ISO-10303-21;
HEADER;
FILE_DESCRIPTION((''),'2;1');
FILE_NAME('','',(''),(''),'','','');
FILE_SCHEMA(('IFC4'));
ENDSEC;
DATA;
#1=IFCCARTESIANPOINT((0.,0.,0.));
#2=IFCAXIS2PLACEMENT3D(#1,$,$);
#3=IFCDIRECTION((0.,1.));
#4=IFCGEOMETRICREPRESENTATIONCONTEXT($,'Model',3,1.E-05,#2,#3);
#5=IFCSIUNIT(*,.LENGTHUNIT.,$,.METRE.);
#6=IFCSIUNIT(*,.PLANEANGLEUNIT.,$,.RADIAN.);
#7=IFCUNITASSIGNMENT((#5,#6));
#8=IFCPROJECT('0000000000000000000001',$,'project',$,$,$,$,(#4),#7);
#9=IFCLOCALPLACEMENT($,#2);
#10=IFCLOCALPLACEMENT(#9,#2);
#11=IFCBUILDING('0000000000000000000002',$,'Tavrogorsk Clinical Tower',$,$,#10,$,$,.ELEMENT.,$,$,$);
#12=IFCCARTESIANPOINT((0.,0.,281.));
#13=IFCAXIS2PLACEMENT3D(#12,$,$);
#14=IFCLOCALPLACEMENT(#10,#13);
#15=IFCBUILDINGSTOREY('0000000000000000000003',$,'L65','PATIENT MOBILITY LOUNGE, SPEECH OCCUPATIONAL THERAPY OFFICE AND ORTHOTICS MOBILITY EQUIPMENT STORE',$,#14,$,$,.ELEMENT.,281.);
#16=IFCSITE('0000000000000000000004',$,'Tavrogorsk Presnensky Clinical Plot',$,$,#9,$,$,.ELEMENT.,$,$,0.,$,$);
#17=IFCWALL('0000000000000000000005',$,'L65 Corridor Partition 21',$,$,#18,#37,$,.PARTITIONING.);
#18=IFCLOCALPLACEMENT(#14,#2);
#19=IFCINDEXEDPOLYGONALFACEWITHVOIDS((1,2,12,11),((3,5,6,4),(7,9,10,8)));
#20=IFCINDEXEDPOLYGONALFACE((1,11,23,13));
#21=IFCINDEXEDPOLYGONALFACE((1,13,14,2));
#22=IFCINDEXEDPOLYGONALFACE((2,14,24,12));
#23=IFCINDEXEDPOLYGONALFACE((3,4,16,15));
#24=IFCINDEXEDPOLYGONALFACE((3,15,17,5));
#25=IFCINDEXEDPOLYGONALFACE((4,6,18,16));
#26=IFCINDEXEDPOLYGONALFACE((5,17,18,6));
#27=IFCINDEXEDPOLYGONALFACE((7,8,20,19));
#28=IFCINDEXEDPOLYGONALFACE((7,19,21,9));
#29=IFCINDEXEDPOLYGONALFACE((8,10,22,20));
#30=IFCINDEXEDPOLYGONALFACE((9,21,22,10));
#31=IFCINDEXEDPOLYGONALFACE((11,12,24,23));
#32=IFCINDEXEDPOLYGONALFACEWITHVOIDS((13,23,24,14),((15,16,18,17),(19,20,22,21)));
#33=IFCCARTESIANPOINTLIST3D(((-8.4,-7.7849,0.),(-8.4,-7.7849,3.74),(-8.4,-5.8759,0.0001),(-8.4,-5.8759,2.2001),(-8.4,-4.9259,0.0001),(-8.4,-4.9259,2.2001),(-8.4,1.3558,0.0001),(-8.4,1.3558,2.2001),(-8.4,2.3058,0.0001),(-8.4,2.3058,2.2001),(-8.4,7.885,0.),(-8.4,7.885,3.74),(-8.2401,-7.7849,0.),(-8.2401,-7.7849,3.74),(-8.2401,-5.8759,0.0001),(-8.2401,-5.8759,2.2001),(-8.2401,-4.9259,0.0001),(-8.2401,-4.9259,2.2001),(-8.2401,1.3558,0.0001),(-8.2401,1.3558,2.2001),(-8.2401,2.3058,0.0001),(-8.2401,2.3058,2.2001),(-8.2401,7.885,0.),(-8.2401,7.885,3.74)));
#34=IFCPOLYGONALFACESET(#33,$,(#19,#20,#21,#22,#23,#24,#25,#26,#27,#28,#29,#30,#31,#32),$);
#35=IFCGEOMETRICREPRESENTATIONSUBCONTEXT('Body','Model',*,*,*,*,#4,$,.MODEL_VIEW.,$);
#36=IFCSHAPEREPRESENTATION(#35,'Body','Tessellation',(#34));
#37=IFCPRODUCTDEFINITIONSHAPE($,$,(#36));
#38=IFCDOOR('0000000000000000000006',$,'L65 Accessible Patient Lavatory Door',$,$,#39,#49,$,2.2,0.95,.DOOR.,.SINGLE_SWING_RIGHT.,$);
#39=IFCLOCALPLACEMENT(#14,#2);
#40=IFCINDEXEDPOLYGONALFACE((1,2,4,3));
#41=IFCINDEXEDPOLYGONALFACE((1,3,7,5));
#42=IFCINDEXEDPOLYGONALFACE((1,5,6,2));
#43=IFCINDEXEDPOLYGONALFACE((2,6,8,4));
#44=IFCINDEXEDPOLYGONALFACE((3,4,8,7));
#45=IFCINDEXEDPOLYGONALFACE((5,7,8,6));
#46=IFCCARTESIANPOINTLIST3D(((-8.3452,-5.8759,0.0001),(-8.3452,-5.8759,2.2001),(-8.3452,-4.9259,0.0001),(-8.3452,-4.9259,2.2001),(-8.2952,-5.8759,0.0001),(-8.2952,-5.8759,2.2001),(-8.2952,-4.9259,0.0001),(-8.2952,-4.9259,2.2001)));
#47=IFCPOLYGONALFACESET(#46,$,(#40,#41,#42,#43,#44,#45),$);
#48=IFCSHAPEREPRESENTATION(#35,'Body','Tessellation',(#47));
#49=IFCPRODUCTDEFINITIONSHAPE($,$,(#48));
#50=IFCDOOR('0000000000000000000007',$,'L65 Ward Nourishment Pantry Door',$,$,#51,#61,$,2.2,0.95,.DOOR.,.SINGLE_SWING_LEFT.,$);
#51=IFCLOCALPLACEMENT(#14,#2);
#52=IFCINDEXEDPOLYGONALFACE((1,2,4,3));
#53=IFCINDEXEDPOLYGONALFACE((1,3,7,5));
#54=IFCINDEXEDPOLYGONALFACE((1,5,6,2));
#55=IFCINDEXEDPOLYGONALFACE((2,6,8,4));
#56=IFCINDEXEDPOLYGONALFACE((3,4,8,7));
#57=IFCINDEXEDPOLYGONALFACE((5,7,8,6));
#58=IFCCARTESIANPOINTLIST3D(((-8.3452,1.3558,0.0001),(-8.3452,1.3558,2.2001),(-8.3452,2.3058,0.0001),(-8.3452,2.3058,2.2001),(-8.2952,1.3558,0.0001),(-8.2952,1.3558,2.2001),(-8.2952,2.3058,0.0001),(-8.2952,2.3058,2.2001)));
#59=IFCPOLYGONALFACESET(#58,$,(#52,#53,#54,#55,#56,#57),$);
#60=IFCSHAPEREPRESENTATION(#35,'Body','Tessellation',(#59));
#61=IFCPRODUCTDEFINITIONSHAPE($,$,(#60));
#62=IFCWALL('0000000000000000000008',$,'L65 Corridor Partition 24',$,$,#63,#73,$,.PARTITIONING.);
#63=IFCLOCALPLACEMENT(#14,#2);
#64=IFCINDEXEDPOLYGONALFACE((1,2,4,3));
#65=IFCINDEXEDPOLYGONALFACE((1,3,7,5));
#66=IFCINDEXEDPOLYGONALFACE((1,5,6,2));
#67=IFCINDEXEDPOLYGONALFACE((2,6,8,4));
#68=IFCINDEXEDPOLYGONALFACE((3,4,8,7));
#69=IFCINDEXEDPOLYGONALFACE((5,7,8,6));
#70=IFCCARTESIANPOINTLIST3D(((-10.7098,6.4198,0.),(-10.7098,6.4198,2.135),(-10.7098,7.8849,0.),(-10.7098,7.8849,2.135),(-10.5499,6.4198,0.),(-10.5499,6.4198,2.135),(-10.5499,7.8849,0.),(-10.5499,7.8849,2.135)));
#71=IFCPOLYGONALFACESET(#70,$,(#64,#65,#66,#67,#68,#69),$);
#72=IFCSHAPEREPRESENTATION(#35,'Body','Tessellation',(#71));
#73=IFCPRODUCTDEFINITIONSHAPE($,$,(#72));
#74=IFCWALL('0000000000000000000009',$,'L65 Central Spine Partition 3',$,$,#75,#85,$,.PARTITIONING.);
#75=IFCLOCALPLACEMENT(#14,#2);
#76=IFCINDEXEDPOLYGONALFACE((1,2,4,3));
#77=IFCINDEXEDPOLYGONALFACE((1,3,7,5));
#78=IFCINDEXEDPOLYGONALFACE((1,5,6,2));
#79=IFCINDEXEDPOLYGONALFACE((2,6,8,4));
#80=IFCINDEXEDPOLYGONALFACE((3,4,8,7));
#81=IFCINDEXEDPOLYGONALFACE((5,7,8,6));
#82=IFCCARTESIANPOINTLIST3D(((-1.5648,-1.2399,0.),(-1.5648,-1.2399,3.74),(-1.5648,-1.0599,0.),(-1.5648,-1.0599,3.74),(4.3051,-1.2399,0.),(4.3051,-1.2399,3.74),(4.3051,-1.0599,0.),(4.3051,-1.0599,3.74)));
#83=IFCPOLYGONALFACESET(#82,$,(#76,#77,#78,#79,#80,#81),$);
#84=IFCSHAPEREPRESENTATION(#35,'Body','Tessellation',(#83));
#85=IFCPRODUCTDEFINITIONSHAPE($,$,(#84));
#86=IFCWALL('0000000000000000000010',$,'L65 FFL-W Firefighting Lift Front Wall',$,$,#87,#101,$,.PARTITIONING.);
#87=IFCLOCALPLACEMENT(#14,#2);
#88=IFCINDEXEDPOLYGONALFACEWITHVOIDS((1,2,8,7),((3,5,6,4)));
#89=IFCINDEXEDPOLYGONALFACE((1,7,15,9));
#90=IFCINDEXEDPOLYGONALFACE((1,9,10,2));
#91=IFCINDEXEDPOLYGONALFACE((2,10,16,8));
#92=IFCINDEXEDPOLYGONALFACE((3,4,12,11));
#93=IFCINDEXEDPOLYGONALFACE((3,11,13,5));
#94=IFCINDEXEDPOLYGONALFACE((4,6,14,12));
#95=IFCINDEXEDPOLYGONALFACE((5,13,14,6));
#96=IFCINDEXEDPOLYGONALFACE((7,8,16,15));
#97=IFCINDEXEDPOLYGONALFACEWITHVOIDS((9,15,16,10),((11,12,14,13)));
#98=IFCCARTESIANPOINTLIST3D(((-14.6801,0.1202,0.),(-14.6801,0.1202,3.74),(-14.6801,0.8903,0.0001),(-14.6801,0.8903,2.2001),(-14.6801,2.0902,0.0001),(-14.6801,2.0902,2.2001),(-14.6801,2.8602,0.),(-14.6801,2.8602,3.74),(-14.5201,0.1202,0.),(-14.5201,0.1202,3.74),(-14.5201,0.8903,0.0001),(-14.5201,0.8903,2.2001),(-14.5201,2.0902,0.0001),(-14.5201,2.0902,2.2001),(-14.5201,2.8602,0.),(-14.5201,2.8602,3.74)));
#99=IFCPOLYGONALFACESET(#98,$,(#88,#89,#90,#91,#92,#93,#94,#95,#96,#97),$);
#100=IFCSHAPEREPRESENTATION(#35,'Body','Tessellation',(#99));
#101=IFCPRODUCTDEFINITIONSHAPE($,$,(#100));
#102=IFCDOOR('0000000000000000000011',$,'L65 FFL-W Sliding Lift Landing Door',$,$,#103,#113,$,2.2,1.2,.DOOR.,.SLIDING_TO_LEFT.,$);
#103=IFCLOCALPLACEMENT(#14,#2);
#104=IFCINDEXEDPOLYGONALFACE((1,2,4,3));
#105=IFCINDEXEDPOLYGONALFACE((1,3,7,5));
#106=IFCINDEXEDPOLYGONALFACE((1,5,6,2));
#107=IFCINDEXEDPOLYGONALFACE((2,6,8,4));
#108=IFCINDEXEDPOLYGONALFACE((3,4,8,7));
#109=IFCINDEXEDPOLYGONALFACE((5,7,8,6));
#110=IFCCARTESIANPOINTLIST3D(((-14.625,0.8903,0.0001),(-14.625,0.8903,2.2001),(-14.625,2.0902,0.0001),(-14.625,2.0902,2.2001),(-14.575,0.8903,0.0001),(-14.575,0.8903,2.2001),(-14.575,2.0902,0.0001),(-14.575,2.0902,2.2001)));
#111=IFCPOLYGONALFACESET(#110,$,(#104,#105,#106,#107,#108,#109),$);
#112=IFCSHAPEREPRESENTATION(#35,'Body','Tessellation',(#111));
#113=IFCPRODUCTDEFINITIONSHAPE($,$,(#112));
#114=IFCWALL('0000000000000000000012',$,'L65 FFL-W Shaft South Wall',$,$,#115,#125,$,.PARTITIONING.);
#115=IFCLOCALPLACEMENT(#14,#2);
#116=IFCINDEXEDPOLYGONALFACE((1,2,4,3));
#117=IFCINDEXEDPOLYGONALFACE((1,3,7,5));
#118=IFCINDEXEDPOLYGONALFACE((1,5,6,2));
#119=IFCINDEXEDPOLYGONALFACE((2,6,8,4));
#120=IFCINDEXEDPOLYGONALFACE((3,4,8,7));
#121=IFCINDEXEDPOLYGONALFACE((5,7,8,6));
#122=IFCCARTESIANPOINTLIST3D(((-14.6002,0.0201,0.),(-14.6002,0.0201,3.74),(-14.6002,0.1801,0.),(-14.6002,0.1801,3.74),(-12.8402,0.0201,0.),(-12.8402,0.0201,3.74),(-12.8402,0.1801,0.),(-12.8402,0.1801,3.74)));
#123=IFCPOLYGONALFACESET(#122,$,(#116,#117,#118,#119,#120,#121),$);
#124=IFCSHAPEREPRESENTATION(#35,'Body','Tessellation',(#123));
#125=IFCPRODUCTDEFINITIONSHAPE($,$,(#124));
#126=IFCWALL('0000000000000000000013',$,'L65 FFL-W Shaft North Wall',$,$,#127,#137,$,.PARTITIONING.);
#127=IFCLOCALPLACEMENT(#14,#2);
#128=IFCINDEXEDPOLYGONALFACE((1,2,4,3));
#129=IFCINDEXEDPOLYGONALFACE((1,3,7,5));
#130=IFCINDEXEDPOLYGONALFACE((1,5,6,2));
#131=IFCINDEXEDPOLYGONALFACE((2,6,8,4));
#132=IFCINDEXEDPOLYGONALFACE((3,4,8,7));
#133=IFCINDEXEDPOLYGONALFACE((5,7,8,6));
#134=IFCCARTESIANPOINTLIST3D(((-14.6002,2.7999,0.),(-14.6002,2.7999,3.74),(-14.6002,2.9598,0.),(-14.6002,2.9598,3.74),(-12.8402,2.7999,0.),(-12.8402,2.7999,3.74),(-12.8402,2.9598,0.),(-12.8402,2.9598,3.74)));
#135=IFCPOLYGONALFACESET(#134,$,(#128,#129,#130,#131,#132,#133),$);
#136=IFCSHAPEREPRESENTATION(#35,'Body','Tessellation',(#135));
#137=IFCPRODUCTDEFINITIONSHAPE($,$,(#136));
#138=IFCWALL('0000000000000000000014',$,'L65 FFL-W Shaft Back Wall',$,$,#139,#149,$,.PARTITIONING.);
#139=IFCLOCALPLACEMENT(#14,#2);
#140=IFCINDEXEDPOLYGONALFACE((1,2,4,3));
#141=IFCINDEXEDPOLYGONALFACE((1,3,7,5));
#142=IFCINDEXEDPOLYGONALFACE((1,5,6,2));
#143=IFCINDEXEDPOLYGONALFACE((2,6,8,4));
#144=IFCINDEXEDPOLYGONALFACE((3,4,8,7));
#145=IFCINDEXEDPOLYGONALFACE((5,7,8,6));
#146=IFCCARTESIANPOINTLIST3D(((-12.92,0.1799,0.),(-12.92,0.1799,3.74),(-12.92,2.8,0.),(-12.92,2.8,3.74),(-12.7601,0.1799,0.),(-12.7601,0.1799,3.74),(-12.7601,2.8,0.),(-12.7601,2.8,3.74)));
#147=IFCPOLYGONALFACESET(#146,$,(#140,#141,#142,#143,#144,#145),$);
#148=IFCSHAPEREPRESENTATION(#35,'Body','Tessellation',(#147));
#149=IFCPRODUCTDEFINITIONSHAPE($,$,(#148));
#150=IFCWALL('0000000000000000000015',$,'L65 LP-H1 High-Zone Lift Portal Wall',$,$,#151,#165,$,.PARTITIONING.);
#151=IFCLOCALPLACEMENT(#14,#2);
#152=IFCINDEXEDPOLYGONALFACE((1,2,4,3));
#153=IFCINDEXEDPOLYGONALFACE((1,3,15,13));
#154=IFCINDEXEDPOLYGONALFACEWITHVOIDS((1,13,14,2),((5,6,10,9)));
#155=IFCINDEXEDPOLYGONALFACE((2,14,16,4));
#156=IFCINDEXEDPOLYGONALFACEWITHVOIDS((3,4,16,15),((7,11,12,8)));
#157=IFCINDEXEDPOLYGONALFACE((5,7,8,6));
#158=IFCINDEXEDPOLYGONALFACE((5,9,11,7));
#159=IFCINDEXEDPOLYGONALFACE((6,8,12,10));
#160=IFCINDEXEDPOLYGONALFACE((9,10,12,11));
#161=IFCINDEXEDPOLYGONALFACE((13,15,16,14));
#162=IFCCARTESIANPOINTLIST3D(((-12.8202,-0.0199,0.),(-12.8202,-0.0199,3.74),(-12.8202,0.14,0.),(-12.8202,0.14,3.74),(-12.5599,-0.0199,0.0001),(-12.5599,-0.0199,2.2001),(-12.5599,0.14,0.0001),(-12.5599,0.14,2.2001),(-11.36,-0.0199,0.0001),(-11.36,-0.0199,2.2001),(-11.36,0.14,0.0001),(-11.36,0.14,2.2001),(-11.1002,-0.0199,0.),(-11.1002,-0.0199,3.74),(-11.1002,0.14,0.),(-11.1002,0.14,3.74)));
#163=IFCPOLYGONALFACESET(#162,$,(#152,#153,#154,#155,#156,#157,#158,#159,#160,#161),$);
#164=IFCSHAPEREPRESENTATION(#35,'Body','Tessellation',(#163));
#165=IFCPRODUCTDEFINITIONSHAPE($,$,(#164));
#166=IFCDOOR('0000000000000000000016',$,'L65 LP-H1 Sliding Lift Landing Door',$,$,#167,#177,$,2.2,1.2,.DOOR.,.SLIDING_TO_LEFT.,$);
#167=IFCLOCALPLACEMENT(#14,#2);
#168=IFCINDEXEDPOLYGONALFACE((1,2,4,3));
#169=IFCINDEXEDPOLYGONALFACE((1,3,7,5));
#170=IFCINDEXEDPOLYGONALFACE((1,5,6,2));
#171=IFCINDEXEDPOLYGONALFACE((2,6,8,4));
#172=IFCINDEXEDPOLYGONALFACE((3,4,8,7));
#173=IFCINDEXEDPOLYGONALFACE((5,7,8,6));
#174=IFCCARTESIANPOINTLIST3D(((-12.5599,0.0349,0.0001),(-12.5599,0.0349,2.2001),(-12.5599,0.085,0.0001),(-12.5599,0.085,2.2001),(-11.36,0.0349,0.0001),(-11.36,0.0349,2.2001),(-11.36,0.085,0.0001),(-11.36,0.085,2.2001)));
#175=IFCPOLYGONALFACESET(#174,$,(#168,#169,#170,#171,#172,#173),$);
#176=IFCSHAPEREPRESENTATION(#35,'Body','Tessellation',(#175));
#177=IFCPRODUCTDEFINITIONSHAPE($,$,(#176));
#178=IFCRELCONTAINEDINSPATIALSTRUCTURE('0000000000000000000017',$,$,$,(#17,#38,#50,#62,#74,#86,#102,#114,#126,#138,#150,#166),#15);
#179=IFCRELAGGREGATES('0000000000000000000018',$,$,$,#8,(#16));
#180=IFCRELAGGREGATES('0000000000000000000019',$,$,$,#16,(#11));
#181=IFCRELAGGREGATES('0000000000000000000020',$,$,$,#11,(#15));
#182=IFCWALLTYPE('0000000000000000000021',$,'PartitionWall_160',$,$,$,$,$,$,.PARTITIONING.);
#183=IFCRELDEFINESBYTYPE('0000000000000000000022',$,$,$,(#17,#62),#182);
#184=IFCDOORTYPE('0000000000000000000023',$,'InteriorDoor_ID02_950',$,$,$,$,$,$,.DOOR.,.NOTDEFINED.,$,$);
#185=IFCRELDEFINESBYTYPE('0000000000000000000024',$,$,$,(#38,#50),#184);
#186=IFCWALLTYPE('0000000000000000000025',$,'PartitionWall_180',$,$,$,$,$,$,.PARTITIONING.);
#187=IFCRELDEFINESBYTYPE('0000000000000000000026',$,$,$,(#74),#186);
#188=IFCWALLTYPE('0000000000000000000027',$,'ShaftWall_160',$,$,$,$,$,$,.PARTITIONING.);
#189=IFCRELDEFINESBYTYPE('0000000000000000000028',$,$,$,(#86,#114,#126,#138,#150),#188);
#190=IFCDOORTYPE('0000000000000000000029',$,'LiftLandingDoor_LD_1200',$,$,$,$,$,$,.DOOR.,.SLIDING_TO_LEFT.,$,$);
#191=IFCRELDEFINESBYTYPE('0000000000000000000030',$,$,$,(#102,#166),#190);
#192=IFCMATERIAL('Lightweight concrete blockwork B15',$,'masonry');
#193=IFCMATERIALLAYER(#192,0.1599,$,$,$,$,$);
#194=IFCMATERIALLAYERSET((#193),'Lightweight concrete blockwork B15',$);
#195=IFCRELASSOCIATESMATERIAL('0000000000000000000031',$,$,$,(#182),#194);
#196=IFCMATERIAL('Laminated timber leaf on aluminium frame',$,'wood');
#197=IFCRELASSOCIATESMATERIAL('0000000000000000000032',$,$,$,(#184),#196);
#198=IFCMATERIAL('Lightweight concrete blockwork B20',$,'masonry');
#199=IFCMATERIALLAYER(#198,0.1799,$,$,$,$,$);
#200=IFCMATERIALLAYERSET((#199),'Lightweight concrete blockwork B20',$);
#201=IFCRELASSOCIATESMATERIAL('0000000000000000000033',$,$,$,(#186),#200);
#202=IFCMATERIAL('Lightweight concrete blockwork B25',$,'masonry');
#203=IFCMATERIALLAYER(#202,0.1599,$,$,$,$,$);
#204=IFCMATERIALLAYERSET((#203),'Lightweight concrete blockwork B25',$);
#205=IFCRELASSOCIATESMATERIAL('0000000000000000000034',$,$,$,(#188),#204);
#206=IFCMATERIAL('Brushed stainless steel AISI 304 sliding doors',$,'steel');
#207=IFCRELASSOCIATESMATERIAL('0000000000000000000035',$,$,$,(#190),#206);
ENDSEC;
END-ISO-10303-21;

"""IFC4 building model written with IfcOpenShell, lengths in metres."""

from ifc_helpers import new_model, si_unit, direction, frame, frame_2d, origin, place, context, subcontext, project, spatial, rectangle, extrude, material, layer, layer_set, type_object, element, fill, save


model = new_model("IFC4")

# Units and contexts
model_context = context("Model", 3, precision=1e-05, world=origin(), true_north=direction((0.0, 1.0)))
body_context = subcontext(model_context, "Body", "Model", "MODEL_VIEW")
ifc_project = project(units=[si_unit("LENGTHUNIT", "METRE"), si_unit("PLANEANGLEUNIT", "RADIAN")], contexts=[model_context])

# Site, building, storey
site_placement = place(None, origin())
site = spatial("IfcSite", under=ifc_project, at=site_placement, Name="Tavrogorsk Presnensky Clinical Plot", CompositionType="ELEMENT", RefElevation=0.0)
building_placement = place(site_placement, origin())
building = spatial("IfcBuilding", under=site, at=building_placement, Name="Tavrogorsk Clinical Tower", CompositionType="ELEMENT")
storey_placement = place(building_placement, frame((0.0, 0.0, 281.0)))
storey = spatial("IfcBuildingStorey", under=building, at=storey_placement, Name="L65", Description="PATIENT MOBILITY LOUNGE, SPEECH OCCUPATIONAL THERAPY OFFICE AND ORTHOTICS MOBILITY EQUIPMENT STORE", CompositionType="ELEMENT", Elevation=281.0)

# Shared definitions
ifc_material_1 = material(Name="Lightweight concrete blockwork B15", Category="masonry")
ifc_layer_1 = layer(ifc_material_1, 0.1599)
ifc_layer_set_1 = layer_set([ifc_layer_1], Name="Lightweight concrete blockwork B15")
wall_type_1 = type_object("IfcWallType", Name="PartitionWall_160", PredefinedType="PARTITIONING", material=ifc_layer_set_1)
ifc_material_2 = material(Name="Laminated timber leaf on aluminium frame", Category="wood")
door_type_1 = type_object("IfcDoorType", Name="InteriorDoor_ID02_950", OperationType="NOTDEFINED", PredefinedType="DOOR", material=ifc_material_2)

# Wall, openings, doors
wall_1_placement = place(storey_placement, frame((-8.3201, 7.885, 0.0), z_axis=(0.0, 0.0, 1.0), x_axis=(0.0, -1.0, 0.0)))
wall_1 = element("IfcWall", 1, at=wall_1_placement, inside=storey, type_object=wall_type_1, Name="L65 Corridor Partition 21", PredefinedType="PARTITIONING", context=body_context, shape_type="SweptSolid", body=[
    extrude(rectangle(XDim=15.6699, YDim=0.1599, at=frame_2d((7.835, 0.0))), origin(), (0.0, 0.0, 1.0), 3.74),
])
opening_1_placement = place(wall_1_placement, frame((12.8108, 0.0, 0.0)))
opening_1 = element("IfcOpeningElement", 2, at=opening_1_placement, cuts=wall_1, PredefinedType="OPENING", context=body_context, shape_type="SweptSolid", body=[
    extrude(rectangle(XDim=0.95, YDim=2.2, at=frame_2d((0.4751, 1.1001))), frame((0.0, 0.0898, 0.0), z_axis=(0.0, -1.0, 0.0), x_axis=(1.0, 0.0, 0.0)), (0.0, 0.0, 1.0), 0.1799),
])
opening_2_placement = place(wall_1_placement, frame((5.5791, 0.0, 0.0)))
opening_2 = element("IfcOpeningElement", 3, at=opening_2_placement, cuts=wall_1, PredefinedType="OPENING", context=body_context, shape_type="SweptSolid", body=[
    extrude(rectangle(XDim=0.95, YDim=2.2, at=frame_2d((0.4751, 1.1001))), frame((0.0, 0.0898, 0.0), z_axis=(0.0, -1.0, 0.0), x_axis=(1.0, 0.0, 0.0)), (0.0, 0.0, 1.0), 0.1799),
])
door_1_placement = place(opening_1_placement, origin())
door_1 = element("IfcDoor", 4, at=door_1_placement, inside=storey, type_object=door_type_1, Name="L65 Accessible Patient Lavatory Door", OperationType="SINGLE_SWING_RIGHT", OverallHeight=2.2, OverallWidth=0.95, PredefinedType="DOOR", context=body_context, shape_type="SweptSolid", body=[
    extrude(rectangle(XDim=0.95, YDim=2.2, at=frame_2d((0.4751, 1.1001))), frame((0.0, 0.0249, 0.0), z_axis=(0.0, -1.0, 0.0), x_axis=(1.0, 0.0, 0.0)), (0.0, 0.0, 1.0), 0.05),
])
fill(opening_1, door_1)
door_2_placement = place(opening_2_placement, origin())
door_2 = element("IfcDoor", 5, at=door_2_placement, inside=storey, type_object=door_type_1, Name="L65 Ward Nourishment Pantry Door", OperationType="SINGLE_SWING_LEFT", OverallHeight=2.2, OverallWidth=0.95, PredefinedType="DOOR", context=body_context, shape_type="SweptSolid", body=[
    extrude(rectangle(XDim=0.95, YDim=2.2, at=frame_2d((0.4751, 1.1001))), frame((0.0, 0.0249, 0.0), z_axis=(0.0, -1.0, 0.0), x_axis=(1.0, 0.0, 0.0)), (0.0, 0.0, 1.0), 0.05),
])
fill(opening_2, door_2)

# Walls
wall_2_placement = place(storey_placement, frame((-10.6299, 6.4199, 0.0), z_axis=(0.0, 0.0, 1.0), x_axis=(0.0, 1.0, 0.0)))
element("IfcWall", 6, at=wall_2_placement, inside=storey, type_object=wall_type_1, Name="L65 Corridor Partition 24", PredefinedType="PARTITIONING", context=body_context, shape_type="SweptSolid", body=[
    extrude(rectangle(XDim=1.4651, YDim=0.1599, at=frame_2d((0.7324, 0.0))), origin(), (0.0, 0.0, 1.0), 2.135),
])
ifc_material_3 = material(Name="Lightweight concrete blockwork B20", Category="masonry")
ifc_layer_2 = layer(ifc_material_3, 0.1799)
ifc_layer_set_2 = layer_set([ifc_layer_2], Name="Lightweight concrete blockwork B20")
wall_type_2 = type_object("IfcWallType", Name="PartitionWall_180", PredefinedType="PARTITIONING", material=ifc_layer_set_2)
wall_3_placement = place(storey_placement, frame((-1.5649, -1.1499, 0.0), z_axis=(0.0, 0.0, 1.0), x_axis=(1.0, 0.0, 0.0)))
element("IfcWall", 7, at=wall_3_placement, inside=storey, type_object=wall_type_2, Name="L65 Central Spine Partition 3", PredefinedType="PARTITIONING", context=body_context, shape_type="SweptSolid", body=[
    extrude(rectangle(XDim=5.8699, YDim=0.1799, at=frame_2d((2.9351, 0.0))), origin(), (0.0, 0.0, 1.0), 3.74),
])

# Wall, opening, door
ifc_material_4 = material(Name="Lightweight concrete blockwork B25", Category="masonry")
ifc_layer_3 = layer(ifc_material_4, 0.1599)
ifc_layer_set_3 = layer_set([ifc_layer_3], Name="Lightweight concrete blockwork B25")
wall_type_3 = type_object("IfcWallType", Name="ShaftWall_160", PredefinedType="PARTITIONING", material=ifc_layer_set_3)
wall_4_placement = place(storey_placement, frame((-14.6001, 0.1201, 0.0), z_axis=(0.0, 0.0, 1.0), x_axis=(0.0, 1.0, 0.0)))
wall_4 = element("IfcWall", 8, at=wall_4_placement, inside=storey, type_object=wall_type_3, Name="L65 FFL-W Firefighting Lift Front Wall", PredefinedType="PARTITIONING", context=body_context, shape_type="SweptSolid", body=[
    extrude(rectangle(XDim=2.74, YDim=0.1599, at=frame_2d((1.3701, 0.0))), origin(), (0.0, 0.0, 1.0), 3.74),
])
opening_3_placement = place(wall_4_placement, frame((0.77, 0.0, 0.0)))
opening_3 = element("IfcOpeningElement", 9, at=opening_3_placement, cuts=wall_4, PredefinedType="OPENING", context=body_context, shape_type="SweptSolid", body=[
    extrude(rectangle(XDim=1.2, YDim=2.2, at=frame_2d((0.6001, 1.1001))), frame((0.0, 0.0898, 0.0), z_axis=(0.0, -1.0, 0.0), x_axis=(1.0, 0.0, 0.0)), (0.0, 0.0, 1.0), 0.1799),
])
ifc_material_5 = material(Name="Brushed stainless steel AISI 304 sliding doors", Category="steel")
door_type_2 = type_object("IfcDoorType", Name="LiftLandingDoor_LD_1200", OperationType="SLIDING_TO_LEFT", PredefinedType="DOOR", material=ifc_material_5)
door_3_placement = place(opening_3_placement, origin())
door_3 = element("IfcDoor", 10, at=door_3_placement, inside=storey, type_object=door_type_2, Name="L65 FFL-W Sliding Lift Landing Door", OperationType="SLIDING_TO_LEFT", OverallHeight=2.2, OverallWidth=1.2, PredefinedType="DOOR", context=body_context, shape_type="SweptSolid", body=[
    extrude(rectangle(XDim=1.2, YDim=2.2, at=frame_2d((0.6001, 1.1001))), frame((0.0, 0.0249, 0.0), z_axis=(0.0, -1.0, 0.0), x_axis=(1.0, 0.0, 0.0)), (0.0, 0.0, 1.0), 0.05),
])
fill(opening_3, door_3)

# Walls
for number, where, z_axis, x_axis, name in (
    (11, (-14.6001, 0.1001, 0.0), (0.0, 0.0, 1.0), (1.0, 0.0, 0.0), "L65 FFL-W Shaft South Wall"),
    (12, (-14.6001, 2.8799, 0.0), (0.0, 0.0, 1.0), (1.0, 0.0, 0.0), "L65 FFL-W Shaft North Wall"),
):
    element("IfcWall", number, at=place(storey_placement, frame(where, z_axis=z_axis, x_axis=x_axis)), inside=storey, type_object=wall_type_3, Name=name, PredefinedType="PARTITIONING", context=body_context, shape_type="SweptSolid", body=[
        extrude(rectangle(XDim=1.76, YDim=0.1599, at=frame_2d((0.8799, 0.0))), origin(), (0.0, 0.0, 1.0), 3.74),
    ])
wall_5_placement = place(storey_placement, frame((-12.8401, 0.1799, 0.0), z_axis=(0.0, 0.0, 1.0), x_axis=(0.0, 1.0, 0.0)))
element("IfcWall", 13, at=wall_5_placement, inside=storey, type_object=wall_type_3, Name="L65 FFL-W Shaft Back Wall", PredefinedType="PARTITIONING", context=body_context, shape_type="SweptSolid", body=[
    extrude(rectangle(XDim=2.6201, YDim=0.1599, at=frame_2d((1.3101, 0.0))), origin(), (0.0, 0.0, 1.0), 3.74),
])

# Wall, opening, door
wall_6_placement = place(storey_placement, frame((-12.8201, 0.0601, 0.0), z_axis=(0.0, 0.0, 1.0), x_axis=(1.0, 0.0, 0.0)))
wall_6 = element("IfcWall", 14, at=wall_6_placement, inside=storey, type_object=wall_type_3, Name="L65 LP-H1 High-Zone Lift Portal Wall", PredefinedType="PARTITIONING", context=body_context, shape_type="SweptSolid", body=[
    extrude(rectangle(XDim=1.72, YDim=0.1599, at=frame_2d((0.8599, 0.0))), origin(), (0.0, 0.0, 1.0), 3.74),
])
opening_4_placement = place(wall_6_placement, frame((0.26, 0.0, 0.0)))
opening_4 = element("IfcOpeningElement", 15, at=opening_4_placement, cuts=wall_6, PredefinedType="OPENING", context=body_context, shape_type="SweptSolid", body=[
    extrude(rectangle(XDim=1.2, YDim=2.2, at=frame_2d((0.6001, 1.1001))), frame((0.0, 0.0898, 0.0), z_axis=(0.0, -1.0, 0.0), x_axis=(1.0, 0.0, 0.0)), (0.0, 0.0, 1.0), 0.1799),
])
door_4_placement = place(opening_4_placement, origin())
door_4 = element("IfcDoor", 16, at=door_4_placement, inside=storey, type_object=door_type_2, Name="L65 LP-H1 Sliding Lift Landing Door", OperationType="SLIDING_TO_LEFT", OverallHeight=2.2, OverallWidth=1.2, PredefinedType="DOOR", context=body_context, shape_type="SweptSolid", body=[
    extrude(rectangle(XDim=1.2, YDim=2.2, at=frame_2d((0.6001, 1.1001))), frame((0.0, 0.0249, 0.0), z_axis=(0.0, -1.0, 0.0), x_axis=(1.0, 0.0, 0.0)), (0.0, 0.0, 1.0), 0.05),
])
fill(opening_4, door_4)

save(model, "model.ifc")
